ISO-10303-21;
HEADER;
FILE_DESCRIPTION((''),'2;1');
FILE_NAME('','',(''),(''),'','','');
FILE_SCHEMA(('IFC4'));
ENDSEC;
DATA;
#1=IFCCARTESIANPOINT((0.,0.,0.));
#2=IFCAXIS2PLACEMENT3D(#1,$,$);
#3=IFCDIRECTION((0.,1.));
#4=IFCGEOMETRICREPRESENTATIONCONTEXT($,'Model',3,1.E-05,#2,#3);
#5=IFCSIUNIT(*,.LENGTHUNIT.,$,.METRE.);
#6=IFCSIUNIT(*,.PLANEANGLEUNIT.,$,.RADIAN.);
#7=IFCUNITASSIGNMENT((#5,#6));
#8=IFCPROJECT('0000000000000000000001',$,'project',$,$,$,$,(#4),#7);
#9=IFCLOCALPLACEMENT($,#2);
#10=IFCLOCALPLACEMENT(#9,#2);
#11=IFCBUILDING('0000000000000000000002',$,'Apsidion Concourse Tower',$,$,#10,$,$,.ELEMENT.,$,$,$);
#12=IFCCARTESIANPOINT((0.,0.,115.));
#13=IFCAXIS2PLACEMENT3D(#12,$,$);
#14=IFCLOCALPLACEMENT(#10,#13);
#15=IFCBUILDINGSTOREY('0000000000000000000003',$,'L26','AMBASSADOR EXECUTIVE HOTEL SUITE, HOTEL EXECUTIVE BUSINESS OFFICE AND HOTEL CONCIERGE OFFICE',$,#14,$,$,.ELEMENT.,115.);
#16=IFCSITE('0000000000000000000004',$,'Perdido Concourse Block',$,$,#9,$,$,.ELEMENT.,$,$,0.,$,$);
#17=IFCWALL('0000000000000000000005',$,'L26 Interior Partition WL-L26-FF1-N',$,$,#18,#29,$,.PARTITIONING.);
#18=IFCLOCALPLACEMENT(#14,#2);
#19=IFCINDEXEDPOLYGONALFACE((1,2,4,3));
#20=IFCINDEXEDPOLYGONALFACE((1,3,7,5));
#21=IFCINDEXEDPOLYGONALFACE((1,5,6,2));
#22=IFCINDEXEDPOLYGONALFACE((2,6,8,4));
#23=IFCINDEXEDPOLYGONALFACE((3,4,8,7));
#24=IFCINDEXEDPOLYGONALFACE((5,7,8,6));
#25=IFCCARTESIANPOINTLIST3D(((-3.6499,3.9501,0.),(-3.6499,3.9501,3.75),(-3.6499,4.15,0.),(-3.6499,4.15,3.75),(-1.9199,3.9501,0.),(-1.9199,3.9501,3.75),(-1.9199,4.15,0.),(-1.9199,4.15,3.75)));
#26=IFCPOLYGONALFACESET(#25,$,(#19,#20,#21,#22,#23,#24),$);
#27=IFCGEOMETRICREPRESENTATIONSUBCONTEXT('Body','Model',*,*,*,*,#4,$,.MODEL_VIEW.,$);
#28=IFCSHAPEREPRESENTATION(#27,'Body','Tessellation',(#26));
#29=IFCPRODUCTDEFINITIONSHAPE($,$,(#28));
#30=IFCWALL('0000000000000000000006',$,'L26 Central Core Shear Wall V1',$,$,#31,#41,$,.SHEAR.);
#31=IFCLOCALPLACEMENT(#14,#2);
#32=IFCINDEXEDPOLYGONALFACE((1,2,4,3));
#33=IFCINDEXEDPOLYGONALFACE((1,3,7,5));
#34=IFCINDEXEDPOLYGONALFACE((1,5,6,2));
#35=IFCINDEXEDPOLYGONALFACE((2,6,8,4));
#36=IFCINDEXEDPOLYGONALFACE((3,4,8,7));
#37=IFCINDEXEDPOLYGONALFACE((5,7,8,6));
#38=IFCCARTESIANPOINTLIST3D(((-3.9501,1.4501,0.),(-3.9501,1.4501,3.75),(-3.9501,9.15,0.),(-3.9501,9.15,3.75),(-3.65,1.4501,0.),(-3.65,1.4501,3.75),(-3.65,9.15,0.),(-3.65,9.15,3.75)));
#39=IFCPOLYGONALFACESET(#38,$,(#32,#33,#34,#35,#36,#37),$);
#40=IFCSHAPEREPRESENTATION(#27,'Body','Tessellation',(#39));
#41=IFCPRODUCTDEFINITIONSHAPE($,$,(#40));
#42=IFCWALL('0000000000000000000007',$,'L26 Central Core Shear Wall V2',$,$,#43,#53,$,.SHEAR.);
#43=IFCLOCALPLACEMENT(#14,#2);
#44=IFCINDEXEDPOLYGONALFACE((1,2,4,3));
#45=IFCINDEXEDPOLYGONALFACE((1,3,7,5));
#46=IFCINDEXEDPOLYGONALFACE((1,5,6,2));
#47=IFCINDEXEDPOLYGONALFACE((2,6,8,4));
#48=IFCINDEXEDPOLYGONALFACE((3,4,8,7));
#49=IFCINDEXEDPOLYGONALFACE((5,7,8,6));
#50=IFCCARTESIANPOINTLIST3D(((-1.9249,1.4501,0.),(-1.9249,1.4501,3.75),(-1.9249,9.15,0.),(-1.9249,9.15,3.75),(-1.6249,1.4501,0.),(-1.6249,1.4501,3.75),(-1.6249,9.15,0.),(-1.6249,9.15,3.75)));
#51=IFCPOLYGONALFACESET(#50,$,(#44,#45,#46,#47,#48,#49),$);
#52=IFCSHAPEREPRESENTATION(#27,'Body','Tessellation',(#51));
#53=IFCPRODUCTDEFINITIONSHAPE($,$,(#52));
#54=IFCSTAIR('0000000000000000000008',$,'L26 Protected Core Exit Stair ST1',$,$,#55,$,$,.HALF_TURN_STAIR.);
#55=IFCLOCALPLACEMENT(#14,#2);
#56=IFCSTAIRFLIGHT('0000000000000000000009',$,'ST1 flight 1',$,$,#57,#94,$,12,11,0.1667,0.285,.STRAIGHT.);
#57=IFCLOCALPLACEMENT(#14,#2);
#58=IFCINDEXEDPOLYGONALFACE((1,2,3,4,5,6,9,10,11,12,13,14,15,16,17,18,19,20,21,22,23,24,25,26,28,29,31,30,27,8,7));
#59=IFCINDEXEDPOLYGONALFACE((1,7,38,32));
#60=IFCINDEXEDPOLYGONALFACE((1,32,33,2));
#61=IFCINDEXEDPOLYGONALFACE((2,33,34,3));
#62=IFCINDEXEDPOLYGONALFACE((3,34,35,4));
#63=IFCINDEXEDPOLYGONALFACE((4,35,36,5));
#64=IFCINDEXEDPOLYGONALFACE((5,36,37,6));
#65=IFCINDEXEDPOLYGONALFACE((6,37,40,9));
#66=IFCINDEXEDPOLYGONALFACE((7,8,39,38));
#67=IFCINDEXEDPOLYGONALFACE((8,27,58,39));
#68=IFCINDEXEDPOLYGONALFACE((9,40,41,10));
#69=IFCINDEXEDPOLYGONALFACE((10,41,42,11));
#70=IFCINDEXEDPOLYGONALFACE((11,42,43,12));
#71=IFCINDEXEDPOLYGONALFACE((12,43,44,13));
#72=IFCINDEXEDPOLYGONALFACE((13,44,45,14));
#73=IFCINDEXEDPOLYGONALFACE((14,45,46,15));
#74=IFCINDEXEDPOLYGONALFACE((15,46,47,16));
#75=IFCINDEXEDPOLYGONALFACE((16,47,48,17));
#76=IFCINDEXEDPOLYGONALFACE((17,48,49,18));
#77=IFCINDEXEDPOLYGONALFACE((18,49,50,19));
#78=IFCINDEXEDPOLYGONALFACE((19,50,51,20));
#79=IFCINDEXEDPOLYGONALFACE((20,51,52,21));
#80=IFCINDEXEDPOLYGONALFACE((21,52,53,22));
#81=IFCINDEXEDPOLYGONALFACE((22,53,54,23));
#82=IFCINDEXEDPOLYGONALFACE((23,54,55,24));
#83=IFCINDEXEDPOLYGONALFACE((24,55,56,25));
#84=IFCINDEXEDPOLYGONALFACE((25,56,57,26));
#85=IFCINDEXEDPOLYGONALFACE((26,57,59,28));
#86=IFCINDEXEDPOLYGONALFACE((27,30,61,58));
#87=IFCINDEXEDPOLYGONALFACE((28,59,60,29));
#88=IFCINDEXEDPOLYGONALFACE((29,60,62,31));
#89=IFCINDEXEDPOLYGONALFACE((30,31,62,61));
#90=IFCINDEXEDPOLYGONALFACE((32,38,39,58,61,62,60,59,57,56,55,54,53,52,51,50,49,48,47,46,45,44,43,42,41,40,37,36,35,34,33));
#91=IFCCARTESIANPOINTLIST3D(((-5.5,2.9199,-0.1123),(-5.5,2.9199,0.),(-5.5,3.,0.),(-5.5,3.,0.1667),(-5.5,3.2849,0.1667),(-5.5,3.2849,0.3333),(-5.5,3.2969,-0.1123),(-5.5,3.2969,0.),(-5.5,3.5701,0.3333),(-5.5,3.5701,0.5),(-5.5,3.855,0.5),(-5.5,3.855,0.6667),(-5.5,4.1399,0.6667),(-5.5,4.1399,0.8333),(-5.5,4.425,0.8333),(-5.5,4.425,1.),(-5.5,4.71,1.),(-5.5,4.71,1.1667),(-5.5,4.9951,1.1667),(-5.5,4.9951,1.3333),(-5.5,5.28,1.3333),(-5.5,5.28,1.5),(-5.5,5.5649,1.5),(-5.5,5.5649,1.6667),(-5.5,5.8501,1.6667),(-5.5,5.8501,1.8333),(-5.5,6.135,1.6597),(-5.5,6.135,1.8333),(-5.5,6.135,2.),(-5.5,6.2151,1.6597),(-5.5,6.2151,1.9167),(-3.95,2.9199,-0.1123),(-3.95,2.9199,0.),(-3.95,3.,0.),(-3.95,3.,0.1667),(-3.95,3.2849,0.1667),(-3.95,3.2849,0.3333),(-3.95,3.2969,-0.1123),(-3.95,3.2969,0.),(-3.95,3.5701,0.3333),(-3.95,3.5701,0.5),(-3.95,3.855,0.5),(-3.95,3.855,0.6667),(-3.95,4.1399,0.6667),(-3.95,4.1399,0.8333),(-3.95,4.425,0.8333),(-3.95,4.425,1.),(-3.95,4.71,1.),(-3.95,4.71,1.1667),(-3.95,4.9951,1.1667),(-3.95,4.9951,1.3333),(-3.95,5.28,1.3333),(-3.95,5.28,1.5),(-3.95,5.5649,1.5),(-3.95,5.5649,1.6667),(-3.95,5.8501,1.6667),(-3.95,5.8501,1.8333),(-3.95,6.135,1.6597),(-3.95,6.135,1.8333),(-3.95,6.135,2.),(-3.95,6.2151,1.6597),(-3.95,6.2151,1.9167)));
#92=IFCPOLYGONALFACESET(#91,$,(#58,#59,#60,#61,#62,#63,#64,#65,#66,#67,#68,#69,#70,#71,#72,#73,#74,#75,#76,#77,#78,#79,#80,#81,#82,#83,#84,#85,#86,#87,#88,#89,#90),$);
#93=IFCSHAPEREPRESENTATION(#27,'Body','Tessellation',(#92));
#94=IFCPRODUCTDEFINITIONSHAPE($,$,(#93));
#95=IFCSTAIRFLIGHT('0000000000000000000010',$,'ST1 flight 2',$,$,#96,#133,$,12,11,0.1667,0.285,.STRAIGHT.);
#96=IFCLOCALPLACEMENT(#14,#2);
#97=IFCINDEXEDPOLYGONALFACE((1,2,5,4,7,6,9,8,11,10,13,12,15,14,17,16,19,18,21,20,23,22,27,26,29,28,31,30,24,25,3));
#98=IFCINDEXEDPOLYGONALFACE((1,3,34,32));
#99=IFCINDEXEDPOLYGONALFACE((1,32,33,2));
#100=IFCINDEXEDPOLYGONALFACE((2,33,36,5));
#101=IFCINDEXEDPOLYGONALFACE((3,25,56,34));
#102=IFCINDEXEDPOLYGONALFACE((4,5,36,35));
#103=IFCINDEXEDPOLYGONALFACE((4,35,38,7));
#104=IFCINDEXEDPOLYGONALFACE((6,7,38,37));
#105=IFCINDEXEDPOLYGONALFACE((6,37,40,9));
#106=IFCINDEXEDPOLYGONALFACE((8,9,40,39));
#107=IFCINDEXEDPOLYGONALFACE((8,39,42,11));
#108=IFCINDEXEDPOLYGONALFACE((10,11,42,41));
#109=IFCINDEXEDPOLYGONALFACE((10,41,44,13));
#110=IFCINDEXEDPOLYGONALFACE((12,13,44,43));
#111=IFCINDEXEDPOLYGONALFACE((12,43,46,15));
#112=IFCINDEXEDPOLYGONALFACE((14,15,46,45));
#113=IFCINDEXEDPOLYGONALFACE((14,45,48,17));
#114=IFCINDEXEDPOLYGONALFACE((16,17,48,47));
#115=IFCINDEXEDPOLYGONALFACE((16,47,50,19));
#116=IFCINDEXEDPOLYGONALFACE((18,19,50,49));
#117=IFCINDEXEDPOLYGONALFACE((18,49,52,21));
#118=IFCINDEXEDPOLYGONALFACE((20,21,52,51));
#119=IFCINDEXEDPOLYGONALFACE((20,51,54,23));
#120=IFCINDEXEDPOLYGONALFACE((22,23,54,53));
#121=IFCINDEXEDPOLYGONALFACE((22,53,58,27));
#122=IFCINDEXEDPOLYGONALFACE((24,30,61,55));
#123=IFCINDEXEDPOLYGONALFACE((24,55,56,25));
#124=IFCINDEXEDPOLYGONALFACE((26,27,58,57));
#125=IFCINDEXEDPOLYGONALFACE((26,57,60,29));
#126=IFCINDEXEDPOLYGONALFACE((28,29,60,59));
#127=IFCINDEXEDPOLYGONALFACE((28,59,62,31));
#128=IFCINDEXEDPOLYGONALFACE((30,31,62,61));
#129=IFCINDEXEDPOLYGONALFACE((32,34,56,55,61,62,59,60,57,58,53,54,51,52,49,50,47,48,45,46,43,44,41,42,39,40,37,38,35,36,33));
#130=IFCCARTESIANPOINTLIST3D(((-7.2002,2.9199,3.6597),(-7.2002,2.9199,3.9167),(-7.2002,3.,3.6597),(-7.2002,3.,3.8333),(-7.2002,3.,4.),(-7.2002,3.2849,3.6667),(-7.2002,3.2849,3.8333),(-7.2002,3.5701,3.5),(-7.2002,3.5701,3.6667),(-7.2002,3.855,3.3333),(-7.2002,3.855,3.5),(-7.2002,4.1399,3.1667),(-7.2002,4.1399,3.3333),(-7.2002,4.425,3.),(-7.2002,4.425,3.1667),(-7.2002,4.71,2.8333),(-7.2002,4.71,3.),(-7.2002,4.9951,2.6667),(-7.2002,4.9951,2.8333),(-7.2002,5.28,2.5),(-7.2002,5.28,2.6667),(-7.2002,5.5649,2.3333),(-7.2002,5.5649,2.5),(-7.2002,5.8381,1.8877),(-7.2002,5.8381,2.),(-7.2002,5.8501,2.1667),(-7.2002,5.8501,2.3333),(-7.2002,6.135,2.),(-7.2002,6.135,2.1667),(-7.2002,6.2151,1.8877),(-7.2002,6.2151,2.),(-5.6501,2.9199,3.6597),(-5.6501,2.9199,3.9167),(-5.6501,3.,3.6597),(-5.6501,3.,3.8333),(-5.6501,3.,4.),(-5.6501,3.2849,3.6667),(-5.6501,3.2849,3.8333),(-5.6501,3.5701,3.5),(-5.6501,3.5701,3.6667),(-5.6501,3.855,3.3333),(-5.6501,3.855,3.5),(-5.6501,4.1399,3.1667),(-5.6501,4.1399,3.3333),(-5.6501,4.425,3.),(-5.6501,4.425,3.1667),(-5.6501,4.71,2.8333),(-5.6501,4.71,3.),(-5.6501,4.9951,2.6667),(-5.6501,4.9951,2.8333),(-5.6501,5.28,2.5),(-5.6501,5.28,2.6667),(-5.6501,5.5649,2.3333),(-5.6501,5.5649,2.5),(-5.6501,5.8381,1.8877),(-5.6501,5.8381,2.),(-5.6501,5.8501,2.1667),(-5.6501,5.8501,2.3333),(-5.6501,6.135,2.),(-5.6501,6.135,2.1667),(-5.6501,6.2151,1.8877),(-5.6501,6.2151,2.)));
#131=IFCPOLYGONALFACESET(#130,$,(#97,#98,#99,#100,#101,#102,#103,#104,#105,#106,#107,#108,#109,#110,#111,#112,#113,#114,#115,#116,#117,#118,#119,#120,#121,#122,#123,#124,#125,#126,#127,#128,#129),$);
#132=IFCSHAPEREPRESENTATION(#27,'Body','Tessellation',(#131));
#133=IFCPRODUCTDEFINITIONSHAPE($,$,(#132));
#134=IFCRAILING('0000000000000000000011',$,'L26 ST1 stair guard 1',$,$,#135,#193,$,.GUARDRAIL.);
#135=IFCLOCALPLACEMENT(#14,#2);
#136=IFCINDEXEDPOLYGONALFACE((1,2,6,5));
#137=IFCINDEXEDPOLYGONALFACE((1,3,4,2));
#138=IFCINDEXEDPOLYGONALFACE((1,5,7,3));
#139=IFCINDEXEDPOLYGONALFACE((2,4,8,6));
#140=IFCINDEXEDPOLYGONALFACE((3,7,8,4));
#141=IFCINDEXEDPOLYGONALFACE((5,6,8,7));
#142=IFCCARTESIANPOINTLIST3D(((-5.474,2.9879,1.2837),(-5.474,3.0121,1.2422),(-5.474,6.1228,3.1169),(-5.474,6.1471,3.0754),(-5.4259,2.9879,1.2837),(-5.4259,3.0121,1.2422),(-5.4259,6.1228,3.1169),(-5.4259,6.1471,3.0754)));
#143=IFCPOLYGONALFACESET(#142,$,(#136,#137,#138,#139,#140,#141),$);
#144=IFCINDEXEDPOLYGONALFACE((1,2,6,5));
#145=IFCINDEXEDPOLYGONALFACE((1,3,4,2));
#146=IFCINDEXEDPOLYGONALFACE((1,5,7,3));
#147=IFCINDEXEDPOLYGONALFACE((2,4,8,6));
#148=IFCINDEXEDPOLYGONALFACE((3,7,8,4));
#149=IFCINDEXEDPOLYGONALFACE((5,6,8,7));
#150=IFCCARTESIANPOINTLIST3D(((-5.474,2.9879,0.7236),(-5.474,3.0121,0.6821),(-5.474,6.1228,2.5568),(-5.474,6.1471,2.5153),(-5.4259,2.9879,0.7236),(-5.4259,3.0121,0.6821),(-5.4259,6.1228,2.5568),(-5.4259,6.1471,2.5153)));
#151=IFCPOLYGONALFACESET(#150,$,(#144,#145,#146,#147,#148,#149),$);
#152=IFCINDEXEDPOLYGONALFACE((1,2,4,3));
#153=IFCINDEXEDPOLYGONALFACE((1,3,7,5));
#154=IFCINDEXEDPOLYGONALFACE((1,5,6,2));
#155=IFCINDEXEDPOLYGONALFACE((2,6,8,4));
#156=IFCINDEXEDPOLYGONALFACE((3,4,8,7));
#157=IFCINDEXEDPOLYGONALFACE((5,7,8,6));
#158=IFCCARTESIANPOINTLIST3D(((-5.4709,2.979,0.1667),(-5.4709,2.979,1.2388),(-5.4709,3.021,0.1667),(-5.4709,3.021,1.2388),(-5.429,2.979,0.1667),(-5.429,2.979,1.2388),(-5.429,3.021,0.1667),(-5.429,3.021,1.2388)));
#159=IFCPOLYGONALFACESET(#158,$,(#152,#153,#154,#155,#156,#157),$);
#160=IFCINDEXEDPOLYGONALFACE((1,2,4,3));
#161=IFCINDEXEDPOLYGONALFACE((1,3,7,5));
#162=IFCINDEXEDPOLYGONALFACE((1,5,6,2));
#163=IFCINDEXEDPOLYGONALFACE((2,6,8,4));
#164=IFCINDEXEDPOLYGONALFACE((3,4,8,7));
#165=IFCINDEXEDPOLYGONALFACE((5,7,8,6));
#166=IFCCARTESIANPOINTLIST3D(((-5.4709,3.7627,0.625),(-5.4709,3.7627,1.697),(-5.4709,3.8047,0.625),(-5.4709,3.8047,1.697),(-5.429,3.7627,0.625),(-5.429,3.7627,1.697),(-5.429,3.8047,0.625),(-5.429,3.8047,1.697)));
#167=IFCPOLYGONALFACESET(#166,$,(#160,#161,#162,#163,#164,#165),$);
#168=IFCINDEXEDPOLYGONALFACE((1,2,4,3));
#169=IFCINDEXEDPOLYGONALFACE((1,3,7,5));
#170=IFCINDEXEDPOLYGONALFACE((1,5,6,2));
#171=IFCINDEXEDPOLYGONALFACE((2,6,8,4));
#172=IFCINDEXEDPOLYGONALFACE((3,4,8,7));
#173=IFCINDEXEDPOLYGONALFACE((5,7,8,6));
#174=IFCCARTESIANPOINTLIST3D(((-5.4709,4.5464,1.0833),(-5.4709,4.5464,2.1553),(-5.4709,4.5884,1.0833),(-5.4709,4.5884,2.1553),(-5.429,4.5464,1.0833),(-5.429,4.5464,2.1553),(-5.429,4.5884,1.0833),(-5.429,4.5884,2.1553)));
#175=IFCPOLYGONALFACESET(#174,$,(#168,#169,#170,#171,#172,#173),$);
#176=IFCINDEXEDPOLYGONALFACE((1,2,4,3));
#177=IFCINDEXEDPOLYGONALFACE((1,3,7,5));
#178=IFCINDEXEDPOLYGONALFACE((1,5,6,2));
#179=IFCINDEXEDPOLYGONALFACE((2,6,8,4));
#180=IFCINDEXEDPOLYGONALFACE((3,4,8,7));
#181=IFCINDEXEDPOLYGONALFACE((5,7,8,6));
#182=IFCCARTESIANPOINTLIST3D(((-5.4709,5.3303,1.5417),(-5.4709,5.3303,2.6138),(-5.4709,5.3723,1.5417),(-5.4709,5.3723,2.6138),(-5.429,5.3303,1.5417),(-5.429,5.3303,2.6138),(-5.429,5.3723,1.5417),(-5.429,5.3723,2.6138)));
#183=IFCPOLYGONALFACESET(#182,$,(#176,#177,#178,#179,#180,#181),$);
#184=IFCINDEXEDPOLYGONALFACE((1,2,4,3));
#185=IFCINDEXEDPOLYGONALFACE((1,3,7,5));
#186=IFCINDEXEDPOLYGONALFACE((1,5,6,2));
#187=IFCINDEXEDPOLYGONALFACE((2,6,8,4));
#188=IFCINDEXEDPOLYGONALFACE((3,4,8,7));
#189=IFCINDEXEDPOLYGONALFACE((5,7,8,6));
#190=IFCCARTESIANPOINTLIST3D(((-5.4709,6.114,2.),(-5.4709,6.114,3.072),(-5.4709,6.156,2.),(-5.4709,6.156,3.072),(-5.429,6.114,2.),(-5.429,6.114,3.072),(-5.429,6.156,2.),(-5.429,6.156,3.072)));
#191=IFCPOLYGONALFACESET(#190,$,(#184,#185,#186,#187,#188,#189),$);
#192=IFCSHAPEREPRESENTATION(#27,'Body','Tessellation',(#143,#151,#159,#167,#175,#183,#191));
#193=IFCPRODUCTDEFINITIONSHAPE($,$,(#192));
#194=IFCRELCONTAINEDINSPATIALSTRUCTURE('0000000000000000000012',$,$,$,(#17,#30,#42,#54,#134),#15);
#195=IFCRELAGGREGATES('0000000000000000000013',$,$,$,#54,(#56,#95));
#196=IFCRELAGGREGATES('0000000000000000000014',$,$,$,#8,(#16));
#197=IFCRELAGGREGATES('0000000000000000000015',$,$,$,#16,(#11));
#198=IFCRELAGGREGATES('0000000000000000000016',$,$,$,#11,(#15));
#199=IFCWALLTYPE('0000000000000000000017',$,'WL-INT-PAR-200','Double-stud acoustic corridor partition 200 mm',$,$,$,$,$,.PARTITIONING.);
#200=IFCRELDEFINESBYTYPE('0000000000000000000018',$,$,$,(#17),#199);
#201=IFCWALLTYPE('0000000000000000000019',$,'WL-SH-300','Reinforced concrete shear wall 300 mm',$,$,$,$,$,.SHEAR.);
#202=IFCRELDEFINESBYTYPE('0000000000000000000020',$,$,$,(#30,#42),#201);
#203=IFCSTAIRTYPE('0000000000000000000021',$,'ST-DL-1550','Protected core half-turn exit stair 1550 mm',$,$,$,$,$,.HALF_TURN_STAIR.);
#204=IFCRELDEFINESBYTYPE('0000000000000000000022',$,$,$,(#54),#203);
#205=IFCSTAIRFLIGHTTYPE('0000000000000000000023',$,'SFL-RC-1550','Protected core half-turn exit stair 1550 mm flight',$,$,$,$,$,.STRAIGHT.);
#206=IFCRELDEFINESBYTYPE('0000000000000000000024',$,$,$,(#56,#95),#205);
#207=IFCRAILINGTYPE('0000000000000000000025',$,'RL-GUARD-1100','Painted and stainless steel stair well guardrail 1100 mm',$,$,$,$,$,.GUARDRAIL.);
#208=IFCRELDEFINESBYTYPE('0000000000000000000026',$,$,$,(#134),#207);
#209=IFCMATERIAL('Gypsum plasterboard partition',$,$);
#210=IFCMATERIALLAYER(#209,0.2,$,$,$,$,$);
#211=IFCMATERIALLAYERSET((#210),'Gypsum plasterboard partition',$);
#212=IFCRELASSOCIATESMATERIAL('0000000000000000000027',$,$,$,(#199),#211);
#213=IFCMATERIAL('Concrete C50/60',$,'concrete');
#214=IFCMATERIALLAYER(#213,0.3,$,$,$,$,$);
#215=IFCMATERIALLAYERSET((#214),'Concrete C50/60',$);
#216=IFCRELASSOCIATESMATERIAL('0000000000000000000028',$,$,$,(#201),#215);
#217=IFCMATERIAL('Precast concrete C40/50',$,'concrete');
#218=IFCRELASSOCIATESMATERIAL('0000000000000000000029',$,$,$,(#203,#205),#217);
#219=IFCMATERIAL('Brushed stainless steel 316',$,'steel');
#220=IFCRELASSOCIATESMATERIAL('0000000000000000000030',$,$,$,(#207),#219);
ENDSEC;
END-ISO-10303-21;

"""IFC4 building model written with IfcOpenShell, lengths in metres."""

from ifc_helpers import new_model, si_unit, direction, frame, frame_2d, origin, origin_2d, place, context, subcontext, project, spatial, polyline, rectangle, outline, extrude, material, layer, layer_set, type_object, element, aggregate, save


model = new_model("IFC4")

# Units and contexts
model_context = context("Model", 3, precision=1e-05, world=origin(), true_north=direction((0.0, 1.0)))
body_context = subcontext(model_context, "Body", "Model", "MODEL_VIEW")
ifc_project = project(units=[si_unit("LENGTHUNIT", "METRE"), si_unit("PLANEANGLEUNIT", "RADIAN")], contexts=[model_context])

# Site, building, storey
site_placement = place(None, origin())
site = spatial("IfcSite", under=ifc_project, at=site_placement, Name="Perdido Concourse Block", CompositionType="ELEMENT", RefElevation=0.0)
building_placement = place(site_placement, origin())
building = spatial("IfcBuilding", under=site, at=building_placement, Name="Apsidion Concourse Tower", CompositionType="ELEMENT")
storey_placement = place(building_placement, frame((0.0, 0.0, 115.0)))
storey = spatial("IfcBuildingStorey", under=building, at=storey_placement, Name="L26", Description="AMBASSADOR EXECUTIVE HOTEL SUITE, HOTEL EXECUTIVE BUSINESS OFFICE AND HOTEL CONCIERGE OFFICE", CompositionType="ELEMENT", Elevation=115.0)

# Shared definitions
ifc_material_1 = material(Name="Concrete C50/60", Category="concrete")

# Walls
ifc_material_2 = material(Name="Gypsum plasterboard partition")
ifc_layer_1 = layer(ifc_material_2, 0.2)
ifc_layer_set_1 = layer_set([ifc_layer_1], Name="Gypsum plasterboard partition")
wall_type_1 = type_object("IfcWallType", Name="WL-INT-PAR-200", Description="Double-stud acoustic corridor partition 200 mm", PredefinedType="PARTITIONING", material=ifc_layer_set_1)
wall_1_placement = place(storey_placement, frame((-3.6499, 4.05, 0.0), z_axis=(0.0, 0.0, 1.0), x_axis=(1.0, 0.0, 0.0)))
element("IfcWall", 1, at=wall_1_placement, inside=storey, type_object=wall_type_1, Name="L26 Interior Partition WL-L26-FF1-N", PredefinedType="PARTITIONING", context=body_context, shape_type="SweptSolid", body=[
    extrude(rectangle(XDim=1.73, YDim=0.2, at=frame_2d((0.865, 0.0))), origin(), (0.0, 0.0, 1.0), 3.75),
])
ifc_layer_2 = layer(ifc_material_1, 0.3)
ifc_layer_set_2 = layer_set([ifc_layer_2], Name="Concrete C50/60")
wall_type_2 = type_object("IfcWallType", Name="WL-SH-300", Description="Reinforced concrete shear wall 300 mm", PredefinedType="SHEAR", material=ifc_layer_set_2)
for number, where, z_axis, x_axis, name in (
    (2, (-3.8, 1.45, 0.0), (0.0, 0.0, 1.0), (0.0, 1.0, 0.0), "L26 Central Core Shear Wall V1"),
    (3, (-1.7749, 1.45, 0.0), (0.0, 0.0, 1.0), (0.0, 1.0, 0.0), "L26 Central Core Shear Wall V2"),
):
    element("IfcWall", number, at=place(storey_placement, frame(where, z_axis=z_axis, x_axis=x_axis)), inside=storey, type_object=wall_type_2, Name=name, PredefinedType="SHEAR", context=body_context, shape_type="SweptSolid", body=[
        extrude(rectangle(XDim=7.7, YDim=0.3, at=frame_2d((3.8501, 0.0))), origin(), (0.0, 0.0, 1.0), 3.75),
    ])

# Stair, stair flights
ifc_material_3 = material(Name="Precast concrete C40/50", Category="concrete")
stair_type = type_object("IfcStairType", Name="ST-DL-1550", Description="Protected core half-turn exit stair 1550 mm", PredefinedType="HALF_TURN_STAIR", material=ifc_material_3)
stair_placement = place(storey_placement, origin())
stair = element("IfcStair", 4, at=stair_placement, inside=storey, type_object=stair_type, Name="L26 Protected Core Exit Stair ST1", PredefinedType="HALF_TURN_STAIR")
stair_flight_type = type_object("IfcStairFlightType", Name="SFL-RC-1550", Description="Protected core half-turn exit stair 1550 mm flight", PredefinedType="STRAIGHT", material=ifc_material_3)
stair_flight_1_placement = place(storey_placement, frame((-4.7251, 3.0, 0.0), z_axis=(0.0, 0.0, 1.0), x_axis=(0.0, 1.0, 0.0)))
stair_flight_1 = element("IfcStairFlight", 5, at=stair_flight_1_placement, type_object=stair_flight_type, Name="ST1 flight 1", NumberOfRisers=12, NumberOfTreads=11, PredefinedType="STRAIGHT", RiserHeight=0.1667, TreadLength=0.285, context=body_context, shape_type="SweptSolid", body=[
    extrude(outline(polyline([(-0.0801, -0.1123), (-0.0801, 0.0), (0.0, 0.0), (0.0, 0.1667), (0.2849, 0.1667), (0.2849, 0.3333), (0.5701, 0.3333), (0.5701, 0.5), (0.855, 0.5), (0.855, 0.6667), (1.1399, 0.6667), (1.1399, 0.8333), (1.425, 0.8333), (1.425, 1.0), (1.71, 1.0), (1.71, 1.1667), (1.9951, 1.1667), (1.9951, 1.3333), (2.28, 1.3333), (2.28, 1.5), (2.5649, 1.5), (2.5649, 1.6667), (2.8501, 1.6667), (2.8501, 1.8333), (3.135, 1.8333), (3.135, 2.0), (3.2151, 1.9167), (3.2151, 1.6597), (3.135, 1.6597), (0.2969, 0.0), (0.2969, -0.1123), (-0.0801, -0.1123)])), frame((0.0, 0.7749, 0.0), z_axis=(0.0, -1.0, 0.0), x_axis=(1.0, 0.0, 0.0)), (0.0, 0.0, 1.0), 1.55),
])
stair_flight_2_placement = place(storey_placement, frame((-6.425, 6.135, 2.0), z_axis=(0.0, 0.0, 1.0), x_axis=(0.0, -1.0, 0.0)))
stair_flight_2 = element("IfcStairFlight", 6, at=stair_flight_2_placement, type_object=stair_flight_type, Name="ST1 flight 2", NumberOfRisers=12, NumberOfTreads=11, PredefinedType="STRAIGHT", RiserHeight=0.1667, TreadLength=0.285, context=body_context, shape_type="SweptSolid", body=[
    extrude(outline(polyline([(-0.0801, -0.1123), (-0.0801, 0.0), (0.0, 0.0), (0.0, 0.1667), (0.2849, 0.1667), (0.2849, 0.3333), (0.5701, 0.3333), (0.5701, 0.5), (0.855, 0.5), (0.855, 0.6667), (1.1399, 0.6667), (1.1399, 0.8333), (1.425, 0.8333), (1.425, 1.0), (1.71, 1.0), (1.71, 1.1667), (1.9951, 1.1667), (1.9951, 1.3333), (2.28, 1.3333), (2.28, 1.5), (2.5649, 1.5), (2.5649, 1.6667), (2.8501, 1.6667), (2.8501, 1.8333), (3.135, 1.8333), (3.135, 2.0), (3.2151, 1.9167), (3.2151, 1.6597), (3.135, 1.6597), (0.2969, 0.0), (0.2969, -0.1123), (-0.0801, -0.1123)])), frame((0.0, 0.7749, 0.0), z_axis=(0.0, -1.0, 0.0), x_axis=(1.0, 0.0, 0.0)), (0.0, 0.0, 1.0), 1.55),
])
aggregate(stair, [stair_flight_1, stair_flight_2])

# Railing
ifc_material_4 = material(Name="Brushed stainless steel 316", Category="steel")
railing_type_1 = type_object("IfcRailingType", Name="RL-GUARD-1100", Description="Painted and stainless steel stair well guardrail 1100 mm", PredefinedType="GUARDRAIL", material=ifc_material_4)
railing_1_placement = place(storey_placement, frame((-5.45, 3.0, 0.1667)))
element("IfcRailing", 7, at=railing_1_placement, inside=storey, type_object=railing_type_1, Name="L26 ST1 stair guard 1", PredefinedType="GUARDRAIL", context=body_context, shape_type="SweptSolid", body=[
    extrude(rectangle(XDim=0.0481, YDim=0.0481, at=origin_2d()), frame((0.0, 0.0, 1.0962), z_axis=(0.0, 0.86324, 0.504794), x_axis=(-1.0, 0.0, 0.0)), (0.0, 0.0, 1.0), 3.6316),
    extrude(rectangle(XDim=0.0481, YDim=0.0481, at=origin_2d()), frame((0.0, 0.0, 0.5361), z_axis=(0.0, 0.86324, 0.504794), x_axis=(-1.0, 0.0, 0.0)), (0.0, 0.0, 1.0), 3.6316),
    extrude(rectangle(XDim=0.042, YDim=0.042, at=origin_2d()), origin(), (0.0, 0.0, 1.0), 1.072),
    extrude(rectangle(XDim=0.042, YDim=0.042, at=origin_2d()), frame((0.0, 0.7837, 0.4583)), (0.0, 0.0, 1.0), 1.072),
    extrude(rectangle(XDim=0.042, YDim=0.042, at=origin_2d()), frame((0.0, 1.5674, 0.9165)), (0.0, 0.0, 1.0), 1.072),
    extrude(rectangle(XDim=0.042, YDim=0.042, at=origin_2d()), frame((0.0, 2.3513, 1.375)), (0.0, 0.0, 1.0), 1.072),
    extrude(rectangle(XDim=0.042, YDim=0.042, at=origin_2d()), frame((0.0, 3.135, 1.8333)), (0.0, 0.0, 1.0), 1.072),
])

save(model, "model.ifc")
